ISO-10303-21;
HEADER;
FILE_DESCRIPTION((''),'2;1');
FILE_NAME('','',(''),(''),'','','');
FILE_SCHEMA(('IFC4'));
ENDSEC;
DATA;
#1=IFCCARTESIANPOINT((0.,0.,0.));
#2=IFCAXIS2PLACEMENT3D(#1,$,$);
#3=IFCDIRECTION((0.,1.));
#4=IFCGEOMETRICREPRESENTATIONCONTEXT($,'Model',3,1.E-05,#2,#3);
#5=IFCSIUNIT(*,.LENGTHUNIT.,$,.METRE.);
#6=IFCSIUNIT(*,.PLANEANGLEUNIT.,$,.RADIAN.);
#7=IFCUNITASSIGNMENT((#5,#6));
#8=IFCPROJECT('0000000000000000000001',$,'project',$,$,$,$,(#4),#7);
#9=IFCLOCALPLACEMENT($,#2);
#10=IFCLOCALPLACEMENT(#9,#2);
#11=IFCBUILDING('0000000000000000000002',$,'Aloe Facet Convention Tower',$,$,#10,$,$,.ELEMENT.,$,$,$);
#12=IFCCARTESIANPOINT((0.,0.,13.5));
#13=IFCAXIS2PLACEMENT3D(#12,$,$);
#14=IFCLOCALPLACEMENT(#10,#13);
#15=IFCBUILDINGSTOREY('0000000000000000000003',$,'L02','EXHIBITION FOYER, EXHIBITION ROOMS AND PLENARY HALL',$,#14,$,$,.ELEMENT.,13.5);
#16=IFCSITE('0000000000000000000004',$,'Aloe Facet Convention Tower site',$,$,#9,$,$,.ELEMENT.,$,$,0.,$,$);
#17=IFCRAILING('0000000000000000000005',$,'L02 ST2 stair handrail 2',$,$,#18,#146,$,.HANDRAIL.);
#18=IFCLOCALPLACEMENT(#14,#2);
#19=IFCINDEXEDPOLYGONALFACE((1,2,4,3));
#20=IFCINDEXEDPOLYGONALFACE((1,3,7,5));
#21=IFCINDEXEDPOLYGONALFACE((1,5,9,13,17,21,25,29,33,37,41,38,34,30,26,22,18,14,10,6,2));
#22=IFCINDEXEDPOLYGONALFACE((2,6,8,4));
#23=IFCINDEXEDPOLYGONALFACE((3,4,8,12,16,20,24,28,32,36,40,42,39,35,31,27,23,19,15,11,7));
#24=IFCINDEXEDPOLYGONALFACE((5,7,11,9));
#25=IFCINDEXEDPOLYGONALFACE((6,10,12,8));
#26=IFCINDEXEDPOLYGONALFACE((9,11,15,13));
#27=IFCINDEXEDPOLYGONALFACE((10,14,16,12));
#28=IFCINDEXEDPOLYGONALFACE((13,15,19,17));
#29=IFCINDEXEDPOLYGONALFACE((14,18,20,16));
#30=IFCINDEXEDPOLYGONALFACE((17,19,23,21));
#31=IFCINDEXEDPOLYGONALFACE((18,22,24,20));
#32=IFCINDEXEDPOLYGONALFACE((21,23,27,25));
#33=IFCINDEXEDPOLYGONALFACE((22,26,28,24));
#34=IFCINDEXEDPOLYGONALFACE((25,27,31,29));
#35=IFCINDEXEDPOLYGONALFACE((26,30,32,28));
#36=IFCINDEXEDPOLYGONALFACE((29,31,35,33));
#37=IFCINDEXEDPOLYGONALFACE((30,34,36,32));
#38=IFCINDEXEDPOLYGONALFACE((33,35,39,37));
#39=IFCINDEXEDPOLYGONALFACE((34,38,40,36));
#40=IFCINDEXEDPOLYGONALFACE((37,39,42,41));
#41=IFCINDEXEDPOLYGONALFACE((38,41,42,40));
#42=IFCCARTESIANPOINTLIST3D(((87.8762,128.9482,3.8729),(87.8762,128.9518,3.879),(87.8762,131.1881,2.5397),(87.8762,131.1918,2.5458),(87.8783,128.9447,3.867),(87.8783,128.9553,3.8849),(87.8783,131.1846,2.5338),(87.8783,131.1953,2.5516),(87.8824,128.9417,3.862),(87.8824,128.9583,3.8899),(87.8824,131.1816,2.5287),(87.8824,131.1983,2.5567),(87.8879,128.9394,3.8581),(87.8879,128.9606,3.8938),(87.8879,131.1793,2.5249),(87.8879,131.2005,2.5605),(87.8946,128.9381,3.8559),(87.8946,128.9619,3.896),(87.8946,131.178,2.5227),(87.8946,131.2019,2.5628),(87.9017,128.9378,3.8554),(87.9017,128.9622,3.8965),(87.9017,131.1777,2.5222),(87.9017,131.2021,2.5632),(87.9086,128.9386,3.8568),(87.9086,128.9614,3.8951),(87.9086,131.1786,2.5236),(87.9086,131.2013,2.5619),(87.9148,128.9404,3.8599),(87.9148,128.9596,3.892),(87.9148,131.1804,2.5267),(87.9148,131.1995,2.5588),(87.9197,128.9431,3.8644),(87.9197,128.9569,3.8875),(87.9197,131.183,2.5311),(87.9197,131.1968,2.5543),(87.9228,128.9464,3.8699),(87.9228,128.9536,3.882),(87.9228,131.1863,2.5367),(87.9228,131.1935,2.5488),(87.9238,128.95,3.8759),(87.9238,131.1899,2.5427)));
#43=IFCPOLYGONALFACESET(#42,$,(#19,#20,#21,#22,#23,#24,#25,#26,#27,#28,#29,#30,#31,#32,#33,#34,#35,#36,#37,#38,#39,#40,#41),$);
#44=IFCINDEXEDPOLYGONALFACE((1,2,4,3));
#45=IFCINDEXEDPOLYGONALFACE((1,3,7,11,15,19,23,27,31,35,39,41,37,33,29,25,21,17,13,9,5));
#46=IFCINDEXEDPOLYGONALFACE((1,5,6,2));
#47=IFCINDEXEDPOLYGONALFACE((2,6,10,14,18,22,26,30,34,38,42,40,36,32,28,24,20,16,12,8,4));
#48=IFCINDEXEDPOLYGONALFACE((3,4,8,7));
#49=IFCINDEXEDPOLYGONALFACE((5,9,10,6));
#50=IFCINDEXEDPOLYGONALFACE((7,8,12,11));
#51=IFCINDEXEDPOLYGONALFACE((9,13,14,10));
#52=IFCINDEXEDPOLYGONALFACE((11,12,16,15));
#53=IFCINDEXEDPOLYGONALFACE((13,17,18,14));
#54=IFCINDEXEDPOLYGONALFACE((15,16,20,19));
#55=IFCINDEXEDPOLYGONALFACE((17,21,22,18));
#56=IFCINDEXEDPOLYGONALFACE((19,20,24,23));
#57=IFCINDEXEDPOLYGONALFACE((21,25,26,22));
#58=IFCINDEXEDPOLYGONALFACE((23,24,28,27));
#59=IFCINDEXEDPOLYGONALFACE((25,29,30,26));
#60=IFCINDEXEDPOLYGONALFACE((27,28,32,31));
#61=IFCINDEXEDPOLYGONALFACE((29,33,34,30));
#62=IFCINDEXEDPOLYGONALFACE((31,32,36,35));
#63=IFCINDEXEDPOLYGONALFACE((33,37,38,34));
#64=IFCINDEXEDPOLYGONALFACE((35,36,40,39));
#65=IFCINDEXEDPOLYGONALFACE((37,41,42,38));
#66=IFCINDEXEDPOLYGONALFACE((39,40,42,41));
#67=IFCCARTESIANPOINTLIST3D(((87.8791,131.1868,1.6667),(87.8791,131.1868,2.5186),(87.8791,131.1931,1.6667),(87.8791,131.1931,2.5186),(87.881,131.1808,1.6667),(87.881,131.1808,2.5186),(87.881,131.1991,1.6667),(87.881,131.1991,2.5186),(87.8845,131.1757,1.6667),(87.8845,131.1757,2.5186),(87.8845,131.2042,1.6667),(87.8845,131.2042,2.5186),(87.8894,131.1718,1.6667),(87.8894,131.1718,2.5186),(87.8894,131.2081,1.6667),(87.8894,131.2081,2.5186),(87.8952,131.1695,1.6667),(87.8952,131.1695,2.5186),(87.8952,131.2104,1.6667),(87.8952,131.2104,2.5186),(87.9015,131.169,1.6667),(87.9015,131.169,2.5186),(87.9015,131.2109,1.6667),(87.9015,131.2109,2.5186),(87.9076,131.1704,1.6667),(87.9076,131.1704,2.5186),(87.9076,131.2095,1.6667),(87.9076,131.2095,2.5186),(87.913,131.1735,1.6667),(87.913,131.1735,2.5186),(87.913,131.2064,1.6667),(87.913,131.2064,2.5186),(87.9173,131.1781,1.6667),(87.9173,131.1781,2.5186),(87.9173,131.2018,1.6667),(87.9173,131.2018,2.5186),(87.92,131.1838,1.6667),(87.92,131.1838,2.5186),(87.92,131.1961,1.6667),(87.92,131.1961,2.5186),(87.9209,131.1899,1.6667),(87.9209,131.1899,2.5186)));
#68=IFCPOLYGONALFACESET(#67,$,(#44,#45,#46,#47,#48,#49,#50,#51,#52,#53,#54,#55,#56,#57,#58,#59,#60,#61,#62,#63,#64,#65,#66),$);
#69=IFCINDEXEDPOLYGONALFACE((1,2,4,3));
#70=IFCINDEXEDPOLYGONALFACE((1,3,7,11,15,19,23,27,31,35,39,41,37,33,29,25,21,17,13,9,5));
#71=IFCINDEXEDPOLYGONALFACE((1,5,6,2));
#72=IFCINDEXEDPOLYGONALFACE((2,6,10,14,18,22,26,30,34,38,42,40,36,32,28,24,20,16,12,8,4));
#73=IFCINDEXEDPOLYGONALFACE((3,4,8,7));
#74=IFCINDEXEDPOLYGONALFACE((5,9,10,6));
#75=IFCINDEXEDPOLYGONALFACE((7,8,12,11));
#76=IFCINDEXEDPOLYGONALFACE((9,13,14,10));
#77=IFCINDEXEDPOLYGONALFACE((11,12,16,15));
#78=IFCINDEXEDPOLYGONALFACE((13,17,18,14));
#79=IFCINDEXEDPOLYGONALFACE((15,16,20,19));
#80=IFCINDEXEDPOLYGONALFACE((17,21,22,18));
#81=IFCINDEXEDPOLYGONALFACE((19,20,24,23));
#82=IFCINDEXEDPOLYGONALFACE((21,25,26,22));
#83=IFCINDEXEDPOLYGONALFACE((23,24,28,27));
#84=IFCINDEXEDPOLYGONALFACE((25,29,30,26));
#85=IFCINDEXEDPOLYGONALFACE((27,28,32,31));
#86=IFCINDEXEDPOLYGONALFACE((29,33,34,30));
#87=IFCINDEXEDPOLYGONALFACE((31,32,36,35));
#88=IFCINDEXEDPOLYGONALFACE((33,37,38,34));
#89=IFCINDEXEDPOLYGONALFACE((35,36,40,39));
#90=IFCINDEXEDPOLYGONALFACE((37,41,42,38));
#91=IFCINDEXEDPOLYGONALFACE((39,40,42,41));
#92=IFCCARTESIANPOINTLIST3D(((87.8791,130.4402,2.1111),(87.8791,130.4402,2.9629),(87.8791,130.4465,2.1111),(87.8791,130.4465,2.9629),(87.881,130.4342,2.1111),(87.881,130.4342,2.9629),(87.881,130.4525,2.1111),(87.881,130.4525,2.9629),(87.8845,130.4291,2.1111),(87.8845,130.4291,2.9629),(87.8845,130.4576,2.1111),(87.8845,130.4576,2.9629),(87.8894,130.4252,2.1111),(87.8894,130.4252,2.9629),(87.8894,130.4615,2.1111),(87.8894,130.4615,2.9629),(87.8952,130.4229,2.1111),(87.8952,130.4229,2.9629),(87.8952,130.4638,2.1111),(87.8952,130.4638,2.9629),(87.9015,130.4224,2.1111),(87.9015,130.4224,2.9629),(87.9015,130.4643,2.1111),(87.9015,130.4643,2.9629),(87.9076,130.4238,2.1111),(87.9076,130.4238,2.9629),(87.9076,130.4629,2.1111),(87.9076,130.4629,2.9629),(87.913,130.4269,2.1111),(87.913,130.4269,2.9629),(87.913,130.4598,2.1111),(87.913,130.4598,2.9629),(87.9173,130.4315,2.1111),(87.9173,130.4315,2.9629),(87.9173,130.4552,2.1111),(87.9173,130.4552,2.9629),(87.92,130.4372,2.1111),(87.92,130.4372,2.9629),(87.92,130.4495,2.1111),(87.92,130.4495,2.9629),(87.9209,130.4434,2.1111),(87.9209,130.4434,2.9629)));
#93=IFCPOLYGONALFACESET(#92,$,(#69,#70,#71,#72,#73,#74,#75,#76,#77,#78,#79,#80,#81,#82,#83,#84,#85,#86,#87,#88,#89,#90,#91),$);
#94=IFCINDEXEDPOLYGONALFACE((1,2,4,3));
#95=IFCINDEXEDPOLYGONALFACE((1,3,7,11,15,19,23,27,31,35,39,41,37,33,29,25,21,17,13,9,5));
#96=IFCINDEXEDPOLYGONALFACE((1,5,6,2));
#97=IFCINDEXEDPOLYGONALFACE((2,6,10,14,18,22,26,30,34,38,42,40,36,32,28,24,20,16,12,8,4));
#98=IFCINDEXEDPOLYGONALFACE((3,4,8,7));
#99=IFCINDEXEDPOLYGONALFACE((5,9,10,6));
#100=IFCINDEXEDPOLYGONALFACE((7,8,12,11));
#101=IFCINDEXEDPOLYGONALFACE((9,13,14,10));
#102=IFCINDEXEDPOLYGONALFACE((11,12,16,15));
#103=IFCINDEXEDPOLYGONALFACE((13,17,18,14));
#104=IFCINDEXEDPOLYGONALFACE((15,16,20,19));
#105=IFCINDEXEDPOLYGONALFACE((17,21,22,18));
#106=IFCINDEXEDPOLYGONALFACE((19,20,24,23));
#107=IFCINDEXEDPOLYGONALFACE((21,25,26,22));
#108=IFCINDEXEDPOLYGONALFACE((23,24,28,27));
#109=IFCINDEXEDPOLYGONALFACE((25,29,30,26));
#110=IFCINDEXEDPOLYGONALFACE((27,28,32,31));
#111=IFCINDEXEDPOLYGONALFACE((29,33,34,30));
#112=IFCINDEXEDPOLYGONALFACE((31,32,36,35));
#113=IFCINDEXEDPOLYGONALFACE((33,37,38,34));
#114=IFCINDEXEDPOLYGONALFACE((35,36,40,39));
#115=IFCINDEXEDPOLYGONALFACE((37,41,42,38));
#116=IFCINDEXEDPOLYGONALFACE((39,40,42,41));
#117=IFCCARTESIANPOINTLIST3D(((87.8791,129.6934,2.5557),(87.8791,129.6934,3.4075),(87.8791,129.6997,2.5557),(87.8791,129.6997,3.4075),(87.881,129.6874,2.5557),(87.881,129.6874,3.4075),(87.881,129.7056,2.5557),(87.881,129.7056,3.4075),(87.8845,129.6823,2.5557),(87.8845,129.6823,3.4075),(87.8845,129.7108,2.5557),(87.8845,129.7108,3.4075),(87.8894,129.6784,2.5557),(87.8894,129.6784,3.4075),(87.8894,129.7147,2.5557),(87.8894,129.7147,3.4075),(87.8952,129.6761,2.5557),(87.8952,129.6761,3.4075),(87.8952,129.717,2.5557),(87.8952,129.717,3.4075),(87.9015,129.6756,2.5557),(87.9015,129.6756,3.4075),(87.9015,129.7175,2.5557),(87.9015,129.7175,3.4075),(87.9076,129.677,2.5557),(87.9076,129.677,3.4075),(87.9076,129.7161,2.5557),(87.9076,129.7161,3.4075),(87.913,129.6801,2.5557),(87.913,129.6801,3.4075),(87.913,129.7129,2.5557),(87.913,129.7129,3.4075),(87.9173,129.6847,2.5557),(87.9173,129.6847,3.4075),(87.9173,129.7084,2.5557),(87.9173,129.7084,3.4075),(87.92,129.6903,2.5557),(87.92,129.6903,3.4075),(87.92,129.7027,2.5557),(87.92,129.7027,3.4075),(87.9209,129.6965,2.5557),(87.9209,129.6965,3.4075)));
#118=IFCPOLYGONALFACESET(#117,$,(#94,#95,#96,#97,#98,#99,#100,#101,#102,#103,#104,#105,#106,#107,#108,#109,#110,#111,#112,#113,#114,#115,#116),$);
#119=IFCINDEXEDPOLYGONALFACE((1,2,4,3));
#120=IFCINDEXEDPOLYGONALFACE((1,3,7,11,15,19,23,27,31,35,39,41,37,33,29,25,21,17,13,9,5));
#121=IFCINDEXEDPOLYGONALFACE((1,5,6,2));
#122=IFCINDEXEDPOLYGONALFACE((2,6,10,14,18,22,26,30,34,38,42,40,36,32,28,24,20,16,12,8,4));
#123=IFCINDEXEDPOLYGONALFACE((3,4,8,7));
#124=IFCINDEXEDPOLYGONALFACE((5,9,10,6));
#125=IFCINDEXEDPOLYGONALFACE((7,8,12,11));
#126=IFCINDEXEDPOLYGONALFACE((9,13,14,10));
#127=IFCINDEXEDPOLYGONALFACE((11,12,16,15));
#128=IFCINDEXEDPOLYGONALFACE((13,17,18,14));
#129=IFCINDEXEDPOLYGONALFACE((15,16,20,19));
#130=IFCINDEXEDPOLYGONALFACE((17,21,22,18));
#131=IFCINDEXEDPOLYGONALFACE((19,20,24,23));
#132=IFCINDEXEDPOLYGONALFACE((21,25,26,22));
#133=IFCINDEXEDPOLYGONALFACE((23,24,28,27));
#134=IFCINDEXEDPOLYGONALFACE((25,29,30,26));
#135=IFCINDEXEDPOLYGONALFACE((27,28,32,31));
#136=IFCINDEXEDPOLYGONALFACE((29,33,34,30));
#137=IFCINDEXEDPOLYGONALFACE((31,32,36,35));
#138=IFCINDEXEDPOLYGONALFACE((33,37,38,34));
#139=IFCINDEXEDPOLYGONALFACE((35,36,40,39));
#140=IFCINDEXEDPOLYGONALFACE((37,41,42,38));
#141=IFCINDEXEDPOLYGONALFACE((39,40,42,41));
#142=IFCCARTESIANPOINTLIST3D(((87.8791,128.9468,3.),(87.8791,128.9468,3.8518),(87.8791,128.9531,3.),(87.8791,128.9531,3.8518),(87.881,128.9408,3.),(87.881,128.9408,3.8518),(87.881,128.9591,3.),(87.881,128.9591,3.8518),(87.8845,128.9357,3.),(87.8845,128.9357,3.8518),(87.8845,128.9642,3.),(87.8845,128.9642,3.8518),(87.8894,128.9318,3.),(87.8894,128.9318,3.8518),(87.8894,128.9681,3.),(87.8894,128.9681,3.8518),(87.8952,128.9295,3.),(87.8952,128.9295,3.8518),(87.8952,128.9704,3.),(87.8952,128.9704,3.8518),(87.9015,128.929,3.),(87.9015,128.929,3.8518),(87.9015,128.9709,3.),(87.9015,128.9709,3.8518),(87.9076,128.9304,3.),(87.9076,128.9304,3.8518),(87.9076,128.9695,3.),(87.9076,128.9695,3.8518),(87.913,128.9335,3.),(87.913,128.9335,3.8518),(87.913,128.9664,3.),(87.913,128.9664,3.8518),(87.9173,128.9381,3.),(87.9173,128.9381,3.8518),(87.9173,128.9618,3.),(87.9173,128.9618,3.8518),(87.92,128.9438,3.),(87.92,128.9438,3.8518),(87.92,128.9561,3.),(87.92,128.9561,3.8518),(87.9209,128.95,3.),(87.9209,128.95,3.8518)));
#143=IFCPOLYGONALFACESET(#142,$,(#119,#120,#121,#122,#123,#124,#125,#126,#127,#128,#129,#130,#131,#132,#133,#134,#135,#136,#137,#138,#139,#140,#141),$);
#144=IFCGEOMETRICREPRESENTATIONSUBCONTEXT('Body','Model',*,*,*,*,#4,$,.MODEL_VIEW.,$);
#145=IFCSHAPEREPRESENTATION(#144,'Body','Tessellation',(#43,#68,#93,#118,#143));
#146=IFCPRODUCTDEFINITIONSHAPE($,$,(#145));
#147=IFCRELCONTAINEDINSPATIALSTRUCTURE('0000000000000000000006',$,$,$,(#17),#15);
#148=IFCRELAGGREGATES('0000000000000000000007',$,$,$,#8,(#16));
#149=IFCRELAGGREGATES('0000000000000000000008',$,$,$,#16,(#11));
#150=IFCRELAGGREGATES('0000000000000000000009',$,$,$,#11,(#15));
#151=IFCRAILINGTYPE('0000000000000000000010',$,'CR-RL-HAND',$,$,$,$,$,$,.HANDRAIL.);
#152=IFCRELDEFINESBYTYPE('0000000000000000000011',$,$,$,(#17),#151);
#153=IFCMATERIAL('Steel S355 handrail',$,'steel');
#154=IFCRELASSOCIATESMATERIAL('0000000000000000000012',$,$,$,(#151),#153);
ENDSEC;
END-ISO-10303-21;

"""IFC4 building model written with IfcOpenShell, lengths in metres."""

from ifc_helpers import new_model, si_unit, direction, frame, origin, origin_2d, place, context, subcontext, project, spatial, circle, extrude, material, type_object, element, save


model = new_model("IFC4")

# Units and contexts
model_context = context("Model", 3, precision=1e-05, world=origin(), true_north=direction((0.0, 1.0)))
body_context = subcontext(model_context, "Body", "Model", "MODEL_VIEW")
ifc_project = project(units=[si_unit("LENGTHUNIT", "METRE"), si_unit("PLANEANGLEUNIT", "RADIAN")], contexts=[model_context])

# Site, building, storey
site_placement = place(None, origin())
site = spatial("IfcSite", under=ifc_project, at=site_placement, Name="Aloe Facet Convention Tower site", CompositionType="ELEMENT", RefElevation=0.0)
building_placement = place(site_placement, origin())
building = spatial("IfcBuilding", under=site, at=building_placement, Name="Aloe Facet Convention Tower", CompositionType="ELEMENT")
storey_placement = place(building_placement, frame((0.0, 0.0, 13.5)))
storey = spatial("IfcBuildingStorey", under=building, at=storey_placement, Name="L02", Description="EXHIBITION FOYER, EXHIBITION ROOMS AND PLENARY HALL", CompositionType="ELEMENT", Elevation=13.5)

# Railing
ifc_material_1 = material(Name="Steel S355 handrail", Category="steel")
railing_type = type_object("IfcRailingType", Name="CR-RL-HAND", PredefinedType="HANDRAIL", material=ifc_material_1)
for number, where, name in (
    (1, (87.8999, 131.1899, 1.6667), "L02 ST2 stair handrail 2"),
):
    element("IfcRailing", number, at=place(storey_placement, frame(where)), inside=storey, type_object=railing_type, Name=name, PredefinedType="HANDRAIL", context=body_context, shape_type="SweptSolid", body=[
        extrude(circle(Radius=0.0239, at=origin_2d()), frame((0.0, 0.0, 0.876), z_axis=(0.0, -0.859306, 0.511462), x_axis=(1.0, 0.0, 0.0)), (0.0, 0.0, 1.0), 2.6067),
        extrude(circle(Radius=0.021, at=origin_2d()), origin(), (0.0, 0.0, 1.0), 0.8518),
        extrude(circle(Radius=0.021, at=origin_2d()), frame((0.0, -0.7466, 0.4443)), (0.0, 0.0, 1.0), 0.8518),
        extrude(circle(Radius=0.021, at=origin_2d()), frame((0.0, -1.4934, 0.8889)), (0.0, 0.0, 1.0), 0.8518),
        extrude(circle(Radius=0.021, at=origin_2d()), frame((0.0, -2.24, 1.3333)), (0.0, 0.0, 1.0), 0.8518),
    ])

save(model, "model.ifc")
